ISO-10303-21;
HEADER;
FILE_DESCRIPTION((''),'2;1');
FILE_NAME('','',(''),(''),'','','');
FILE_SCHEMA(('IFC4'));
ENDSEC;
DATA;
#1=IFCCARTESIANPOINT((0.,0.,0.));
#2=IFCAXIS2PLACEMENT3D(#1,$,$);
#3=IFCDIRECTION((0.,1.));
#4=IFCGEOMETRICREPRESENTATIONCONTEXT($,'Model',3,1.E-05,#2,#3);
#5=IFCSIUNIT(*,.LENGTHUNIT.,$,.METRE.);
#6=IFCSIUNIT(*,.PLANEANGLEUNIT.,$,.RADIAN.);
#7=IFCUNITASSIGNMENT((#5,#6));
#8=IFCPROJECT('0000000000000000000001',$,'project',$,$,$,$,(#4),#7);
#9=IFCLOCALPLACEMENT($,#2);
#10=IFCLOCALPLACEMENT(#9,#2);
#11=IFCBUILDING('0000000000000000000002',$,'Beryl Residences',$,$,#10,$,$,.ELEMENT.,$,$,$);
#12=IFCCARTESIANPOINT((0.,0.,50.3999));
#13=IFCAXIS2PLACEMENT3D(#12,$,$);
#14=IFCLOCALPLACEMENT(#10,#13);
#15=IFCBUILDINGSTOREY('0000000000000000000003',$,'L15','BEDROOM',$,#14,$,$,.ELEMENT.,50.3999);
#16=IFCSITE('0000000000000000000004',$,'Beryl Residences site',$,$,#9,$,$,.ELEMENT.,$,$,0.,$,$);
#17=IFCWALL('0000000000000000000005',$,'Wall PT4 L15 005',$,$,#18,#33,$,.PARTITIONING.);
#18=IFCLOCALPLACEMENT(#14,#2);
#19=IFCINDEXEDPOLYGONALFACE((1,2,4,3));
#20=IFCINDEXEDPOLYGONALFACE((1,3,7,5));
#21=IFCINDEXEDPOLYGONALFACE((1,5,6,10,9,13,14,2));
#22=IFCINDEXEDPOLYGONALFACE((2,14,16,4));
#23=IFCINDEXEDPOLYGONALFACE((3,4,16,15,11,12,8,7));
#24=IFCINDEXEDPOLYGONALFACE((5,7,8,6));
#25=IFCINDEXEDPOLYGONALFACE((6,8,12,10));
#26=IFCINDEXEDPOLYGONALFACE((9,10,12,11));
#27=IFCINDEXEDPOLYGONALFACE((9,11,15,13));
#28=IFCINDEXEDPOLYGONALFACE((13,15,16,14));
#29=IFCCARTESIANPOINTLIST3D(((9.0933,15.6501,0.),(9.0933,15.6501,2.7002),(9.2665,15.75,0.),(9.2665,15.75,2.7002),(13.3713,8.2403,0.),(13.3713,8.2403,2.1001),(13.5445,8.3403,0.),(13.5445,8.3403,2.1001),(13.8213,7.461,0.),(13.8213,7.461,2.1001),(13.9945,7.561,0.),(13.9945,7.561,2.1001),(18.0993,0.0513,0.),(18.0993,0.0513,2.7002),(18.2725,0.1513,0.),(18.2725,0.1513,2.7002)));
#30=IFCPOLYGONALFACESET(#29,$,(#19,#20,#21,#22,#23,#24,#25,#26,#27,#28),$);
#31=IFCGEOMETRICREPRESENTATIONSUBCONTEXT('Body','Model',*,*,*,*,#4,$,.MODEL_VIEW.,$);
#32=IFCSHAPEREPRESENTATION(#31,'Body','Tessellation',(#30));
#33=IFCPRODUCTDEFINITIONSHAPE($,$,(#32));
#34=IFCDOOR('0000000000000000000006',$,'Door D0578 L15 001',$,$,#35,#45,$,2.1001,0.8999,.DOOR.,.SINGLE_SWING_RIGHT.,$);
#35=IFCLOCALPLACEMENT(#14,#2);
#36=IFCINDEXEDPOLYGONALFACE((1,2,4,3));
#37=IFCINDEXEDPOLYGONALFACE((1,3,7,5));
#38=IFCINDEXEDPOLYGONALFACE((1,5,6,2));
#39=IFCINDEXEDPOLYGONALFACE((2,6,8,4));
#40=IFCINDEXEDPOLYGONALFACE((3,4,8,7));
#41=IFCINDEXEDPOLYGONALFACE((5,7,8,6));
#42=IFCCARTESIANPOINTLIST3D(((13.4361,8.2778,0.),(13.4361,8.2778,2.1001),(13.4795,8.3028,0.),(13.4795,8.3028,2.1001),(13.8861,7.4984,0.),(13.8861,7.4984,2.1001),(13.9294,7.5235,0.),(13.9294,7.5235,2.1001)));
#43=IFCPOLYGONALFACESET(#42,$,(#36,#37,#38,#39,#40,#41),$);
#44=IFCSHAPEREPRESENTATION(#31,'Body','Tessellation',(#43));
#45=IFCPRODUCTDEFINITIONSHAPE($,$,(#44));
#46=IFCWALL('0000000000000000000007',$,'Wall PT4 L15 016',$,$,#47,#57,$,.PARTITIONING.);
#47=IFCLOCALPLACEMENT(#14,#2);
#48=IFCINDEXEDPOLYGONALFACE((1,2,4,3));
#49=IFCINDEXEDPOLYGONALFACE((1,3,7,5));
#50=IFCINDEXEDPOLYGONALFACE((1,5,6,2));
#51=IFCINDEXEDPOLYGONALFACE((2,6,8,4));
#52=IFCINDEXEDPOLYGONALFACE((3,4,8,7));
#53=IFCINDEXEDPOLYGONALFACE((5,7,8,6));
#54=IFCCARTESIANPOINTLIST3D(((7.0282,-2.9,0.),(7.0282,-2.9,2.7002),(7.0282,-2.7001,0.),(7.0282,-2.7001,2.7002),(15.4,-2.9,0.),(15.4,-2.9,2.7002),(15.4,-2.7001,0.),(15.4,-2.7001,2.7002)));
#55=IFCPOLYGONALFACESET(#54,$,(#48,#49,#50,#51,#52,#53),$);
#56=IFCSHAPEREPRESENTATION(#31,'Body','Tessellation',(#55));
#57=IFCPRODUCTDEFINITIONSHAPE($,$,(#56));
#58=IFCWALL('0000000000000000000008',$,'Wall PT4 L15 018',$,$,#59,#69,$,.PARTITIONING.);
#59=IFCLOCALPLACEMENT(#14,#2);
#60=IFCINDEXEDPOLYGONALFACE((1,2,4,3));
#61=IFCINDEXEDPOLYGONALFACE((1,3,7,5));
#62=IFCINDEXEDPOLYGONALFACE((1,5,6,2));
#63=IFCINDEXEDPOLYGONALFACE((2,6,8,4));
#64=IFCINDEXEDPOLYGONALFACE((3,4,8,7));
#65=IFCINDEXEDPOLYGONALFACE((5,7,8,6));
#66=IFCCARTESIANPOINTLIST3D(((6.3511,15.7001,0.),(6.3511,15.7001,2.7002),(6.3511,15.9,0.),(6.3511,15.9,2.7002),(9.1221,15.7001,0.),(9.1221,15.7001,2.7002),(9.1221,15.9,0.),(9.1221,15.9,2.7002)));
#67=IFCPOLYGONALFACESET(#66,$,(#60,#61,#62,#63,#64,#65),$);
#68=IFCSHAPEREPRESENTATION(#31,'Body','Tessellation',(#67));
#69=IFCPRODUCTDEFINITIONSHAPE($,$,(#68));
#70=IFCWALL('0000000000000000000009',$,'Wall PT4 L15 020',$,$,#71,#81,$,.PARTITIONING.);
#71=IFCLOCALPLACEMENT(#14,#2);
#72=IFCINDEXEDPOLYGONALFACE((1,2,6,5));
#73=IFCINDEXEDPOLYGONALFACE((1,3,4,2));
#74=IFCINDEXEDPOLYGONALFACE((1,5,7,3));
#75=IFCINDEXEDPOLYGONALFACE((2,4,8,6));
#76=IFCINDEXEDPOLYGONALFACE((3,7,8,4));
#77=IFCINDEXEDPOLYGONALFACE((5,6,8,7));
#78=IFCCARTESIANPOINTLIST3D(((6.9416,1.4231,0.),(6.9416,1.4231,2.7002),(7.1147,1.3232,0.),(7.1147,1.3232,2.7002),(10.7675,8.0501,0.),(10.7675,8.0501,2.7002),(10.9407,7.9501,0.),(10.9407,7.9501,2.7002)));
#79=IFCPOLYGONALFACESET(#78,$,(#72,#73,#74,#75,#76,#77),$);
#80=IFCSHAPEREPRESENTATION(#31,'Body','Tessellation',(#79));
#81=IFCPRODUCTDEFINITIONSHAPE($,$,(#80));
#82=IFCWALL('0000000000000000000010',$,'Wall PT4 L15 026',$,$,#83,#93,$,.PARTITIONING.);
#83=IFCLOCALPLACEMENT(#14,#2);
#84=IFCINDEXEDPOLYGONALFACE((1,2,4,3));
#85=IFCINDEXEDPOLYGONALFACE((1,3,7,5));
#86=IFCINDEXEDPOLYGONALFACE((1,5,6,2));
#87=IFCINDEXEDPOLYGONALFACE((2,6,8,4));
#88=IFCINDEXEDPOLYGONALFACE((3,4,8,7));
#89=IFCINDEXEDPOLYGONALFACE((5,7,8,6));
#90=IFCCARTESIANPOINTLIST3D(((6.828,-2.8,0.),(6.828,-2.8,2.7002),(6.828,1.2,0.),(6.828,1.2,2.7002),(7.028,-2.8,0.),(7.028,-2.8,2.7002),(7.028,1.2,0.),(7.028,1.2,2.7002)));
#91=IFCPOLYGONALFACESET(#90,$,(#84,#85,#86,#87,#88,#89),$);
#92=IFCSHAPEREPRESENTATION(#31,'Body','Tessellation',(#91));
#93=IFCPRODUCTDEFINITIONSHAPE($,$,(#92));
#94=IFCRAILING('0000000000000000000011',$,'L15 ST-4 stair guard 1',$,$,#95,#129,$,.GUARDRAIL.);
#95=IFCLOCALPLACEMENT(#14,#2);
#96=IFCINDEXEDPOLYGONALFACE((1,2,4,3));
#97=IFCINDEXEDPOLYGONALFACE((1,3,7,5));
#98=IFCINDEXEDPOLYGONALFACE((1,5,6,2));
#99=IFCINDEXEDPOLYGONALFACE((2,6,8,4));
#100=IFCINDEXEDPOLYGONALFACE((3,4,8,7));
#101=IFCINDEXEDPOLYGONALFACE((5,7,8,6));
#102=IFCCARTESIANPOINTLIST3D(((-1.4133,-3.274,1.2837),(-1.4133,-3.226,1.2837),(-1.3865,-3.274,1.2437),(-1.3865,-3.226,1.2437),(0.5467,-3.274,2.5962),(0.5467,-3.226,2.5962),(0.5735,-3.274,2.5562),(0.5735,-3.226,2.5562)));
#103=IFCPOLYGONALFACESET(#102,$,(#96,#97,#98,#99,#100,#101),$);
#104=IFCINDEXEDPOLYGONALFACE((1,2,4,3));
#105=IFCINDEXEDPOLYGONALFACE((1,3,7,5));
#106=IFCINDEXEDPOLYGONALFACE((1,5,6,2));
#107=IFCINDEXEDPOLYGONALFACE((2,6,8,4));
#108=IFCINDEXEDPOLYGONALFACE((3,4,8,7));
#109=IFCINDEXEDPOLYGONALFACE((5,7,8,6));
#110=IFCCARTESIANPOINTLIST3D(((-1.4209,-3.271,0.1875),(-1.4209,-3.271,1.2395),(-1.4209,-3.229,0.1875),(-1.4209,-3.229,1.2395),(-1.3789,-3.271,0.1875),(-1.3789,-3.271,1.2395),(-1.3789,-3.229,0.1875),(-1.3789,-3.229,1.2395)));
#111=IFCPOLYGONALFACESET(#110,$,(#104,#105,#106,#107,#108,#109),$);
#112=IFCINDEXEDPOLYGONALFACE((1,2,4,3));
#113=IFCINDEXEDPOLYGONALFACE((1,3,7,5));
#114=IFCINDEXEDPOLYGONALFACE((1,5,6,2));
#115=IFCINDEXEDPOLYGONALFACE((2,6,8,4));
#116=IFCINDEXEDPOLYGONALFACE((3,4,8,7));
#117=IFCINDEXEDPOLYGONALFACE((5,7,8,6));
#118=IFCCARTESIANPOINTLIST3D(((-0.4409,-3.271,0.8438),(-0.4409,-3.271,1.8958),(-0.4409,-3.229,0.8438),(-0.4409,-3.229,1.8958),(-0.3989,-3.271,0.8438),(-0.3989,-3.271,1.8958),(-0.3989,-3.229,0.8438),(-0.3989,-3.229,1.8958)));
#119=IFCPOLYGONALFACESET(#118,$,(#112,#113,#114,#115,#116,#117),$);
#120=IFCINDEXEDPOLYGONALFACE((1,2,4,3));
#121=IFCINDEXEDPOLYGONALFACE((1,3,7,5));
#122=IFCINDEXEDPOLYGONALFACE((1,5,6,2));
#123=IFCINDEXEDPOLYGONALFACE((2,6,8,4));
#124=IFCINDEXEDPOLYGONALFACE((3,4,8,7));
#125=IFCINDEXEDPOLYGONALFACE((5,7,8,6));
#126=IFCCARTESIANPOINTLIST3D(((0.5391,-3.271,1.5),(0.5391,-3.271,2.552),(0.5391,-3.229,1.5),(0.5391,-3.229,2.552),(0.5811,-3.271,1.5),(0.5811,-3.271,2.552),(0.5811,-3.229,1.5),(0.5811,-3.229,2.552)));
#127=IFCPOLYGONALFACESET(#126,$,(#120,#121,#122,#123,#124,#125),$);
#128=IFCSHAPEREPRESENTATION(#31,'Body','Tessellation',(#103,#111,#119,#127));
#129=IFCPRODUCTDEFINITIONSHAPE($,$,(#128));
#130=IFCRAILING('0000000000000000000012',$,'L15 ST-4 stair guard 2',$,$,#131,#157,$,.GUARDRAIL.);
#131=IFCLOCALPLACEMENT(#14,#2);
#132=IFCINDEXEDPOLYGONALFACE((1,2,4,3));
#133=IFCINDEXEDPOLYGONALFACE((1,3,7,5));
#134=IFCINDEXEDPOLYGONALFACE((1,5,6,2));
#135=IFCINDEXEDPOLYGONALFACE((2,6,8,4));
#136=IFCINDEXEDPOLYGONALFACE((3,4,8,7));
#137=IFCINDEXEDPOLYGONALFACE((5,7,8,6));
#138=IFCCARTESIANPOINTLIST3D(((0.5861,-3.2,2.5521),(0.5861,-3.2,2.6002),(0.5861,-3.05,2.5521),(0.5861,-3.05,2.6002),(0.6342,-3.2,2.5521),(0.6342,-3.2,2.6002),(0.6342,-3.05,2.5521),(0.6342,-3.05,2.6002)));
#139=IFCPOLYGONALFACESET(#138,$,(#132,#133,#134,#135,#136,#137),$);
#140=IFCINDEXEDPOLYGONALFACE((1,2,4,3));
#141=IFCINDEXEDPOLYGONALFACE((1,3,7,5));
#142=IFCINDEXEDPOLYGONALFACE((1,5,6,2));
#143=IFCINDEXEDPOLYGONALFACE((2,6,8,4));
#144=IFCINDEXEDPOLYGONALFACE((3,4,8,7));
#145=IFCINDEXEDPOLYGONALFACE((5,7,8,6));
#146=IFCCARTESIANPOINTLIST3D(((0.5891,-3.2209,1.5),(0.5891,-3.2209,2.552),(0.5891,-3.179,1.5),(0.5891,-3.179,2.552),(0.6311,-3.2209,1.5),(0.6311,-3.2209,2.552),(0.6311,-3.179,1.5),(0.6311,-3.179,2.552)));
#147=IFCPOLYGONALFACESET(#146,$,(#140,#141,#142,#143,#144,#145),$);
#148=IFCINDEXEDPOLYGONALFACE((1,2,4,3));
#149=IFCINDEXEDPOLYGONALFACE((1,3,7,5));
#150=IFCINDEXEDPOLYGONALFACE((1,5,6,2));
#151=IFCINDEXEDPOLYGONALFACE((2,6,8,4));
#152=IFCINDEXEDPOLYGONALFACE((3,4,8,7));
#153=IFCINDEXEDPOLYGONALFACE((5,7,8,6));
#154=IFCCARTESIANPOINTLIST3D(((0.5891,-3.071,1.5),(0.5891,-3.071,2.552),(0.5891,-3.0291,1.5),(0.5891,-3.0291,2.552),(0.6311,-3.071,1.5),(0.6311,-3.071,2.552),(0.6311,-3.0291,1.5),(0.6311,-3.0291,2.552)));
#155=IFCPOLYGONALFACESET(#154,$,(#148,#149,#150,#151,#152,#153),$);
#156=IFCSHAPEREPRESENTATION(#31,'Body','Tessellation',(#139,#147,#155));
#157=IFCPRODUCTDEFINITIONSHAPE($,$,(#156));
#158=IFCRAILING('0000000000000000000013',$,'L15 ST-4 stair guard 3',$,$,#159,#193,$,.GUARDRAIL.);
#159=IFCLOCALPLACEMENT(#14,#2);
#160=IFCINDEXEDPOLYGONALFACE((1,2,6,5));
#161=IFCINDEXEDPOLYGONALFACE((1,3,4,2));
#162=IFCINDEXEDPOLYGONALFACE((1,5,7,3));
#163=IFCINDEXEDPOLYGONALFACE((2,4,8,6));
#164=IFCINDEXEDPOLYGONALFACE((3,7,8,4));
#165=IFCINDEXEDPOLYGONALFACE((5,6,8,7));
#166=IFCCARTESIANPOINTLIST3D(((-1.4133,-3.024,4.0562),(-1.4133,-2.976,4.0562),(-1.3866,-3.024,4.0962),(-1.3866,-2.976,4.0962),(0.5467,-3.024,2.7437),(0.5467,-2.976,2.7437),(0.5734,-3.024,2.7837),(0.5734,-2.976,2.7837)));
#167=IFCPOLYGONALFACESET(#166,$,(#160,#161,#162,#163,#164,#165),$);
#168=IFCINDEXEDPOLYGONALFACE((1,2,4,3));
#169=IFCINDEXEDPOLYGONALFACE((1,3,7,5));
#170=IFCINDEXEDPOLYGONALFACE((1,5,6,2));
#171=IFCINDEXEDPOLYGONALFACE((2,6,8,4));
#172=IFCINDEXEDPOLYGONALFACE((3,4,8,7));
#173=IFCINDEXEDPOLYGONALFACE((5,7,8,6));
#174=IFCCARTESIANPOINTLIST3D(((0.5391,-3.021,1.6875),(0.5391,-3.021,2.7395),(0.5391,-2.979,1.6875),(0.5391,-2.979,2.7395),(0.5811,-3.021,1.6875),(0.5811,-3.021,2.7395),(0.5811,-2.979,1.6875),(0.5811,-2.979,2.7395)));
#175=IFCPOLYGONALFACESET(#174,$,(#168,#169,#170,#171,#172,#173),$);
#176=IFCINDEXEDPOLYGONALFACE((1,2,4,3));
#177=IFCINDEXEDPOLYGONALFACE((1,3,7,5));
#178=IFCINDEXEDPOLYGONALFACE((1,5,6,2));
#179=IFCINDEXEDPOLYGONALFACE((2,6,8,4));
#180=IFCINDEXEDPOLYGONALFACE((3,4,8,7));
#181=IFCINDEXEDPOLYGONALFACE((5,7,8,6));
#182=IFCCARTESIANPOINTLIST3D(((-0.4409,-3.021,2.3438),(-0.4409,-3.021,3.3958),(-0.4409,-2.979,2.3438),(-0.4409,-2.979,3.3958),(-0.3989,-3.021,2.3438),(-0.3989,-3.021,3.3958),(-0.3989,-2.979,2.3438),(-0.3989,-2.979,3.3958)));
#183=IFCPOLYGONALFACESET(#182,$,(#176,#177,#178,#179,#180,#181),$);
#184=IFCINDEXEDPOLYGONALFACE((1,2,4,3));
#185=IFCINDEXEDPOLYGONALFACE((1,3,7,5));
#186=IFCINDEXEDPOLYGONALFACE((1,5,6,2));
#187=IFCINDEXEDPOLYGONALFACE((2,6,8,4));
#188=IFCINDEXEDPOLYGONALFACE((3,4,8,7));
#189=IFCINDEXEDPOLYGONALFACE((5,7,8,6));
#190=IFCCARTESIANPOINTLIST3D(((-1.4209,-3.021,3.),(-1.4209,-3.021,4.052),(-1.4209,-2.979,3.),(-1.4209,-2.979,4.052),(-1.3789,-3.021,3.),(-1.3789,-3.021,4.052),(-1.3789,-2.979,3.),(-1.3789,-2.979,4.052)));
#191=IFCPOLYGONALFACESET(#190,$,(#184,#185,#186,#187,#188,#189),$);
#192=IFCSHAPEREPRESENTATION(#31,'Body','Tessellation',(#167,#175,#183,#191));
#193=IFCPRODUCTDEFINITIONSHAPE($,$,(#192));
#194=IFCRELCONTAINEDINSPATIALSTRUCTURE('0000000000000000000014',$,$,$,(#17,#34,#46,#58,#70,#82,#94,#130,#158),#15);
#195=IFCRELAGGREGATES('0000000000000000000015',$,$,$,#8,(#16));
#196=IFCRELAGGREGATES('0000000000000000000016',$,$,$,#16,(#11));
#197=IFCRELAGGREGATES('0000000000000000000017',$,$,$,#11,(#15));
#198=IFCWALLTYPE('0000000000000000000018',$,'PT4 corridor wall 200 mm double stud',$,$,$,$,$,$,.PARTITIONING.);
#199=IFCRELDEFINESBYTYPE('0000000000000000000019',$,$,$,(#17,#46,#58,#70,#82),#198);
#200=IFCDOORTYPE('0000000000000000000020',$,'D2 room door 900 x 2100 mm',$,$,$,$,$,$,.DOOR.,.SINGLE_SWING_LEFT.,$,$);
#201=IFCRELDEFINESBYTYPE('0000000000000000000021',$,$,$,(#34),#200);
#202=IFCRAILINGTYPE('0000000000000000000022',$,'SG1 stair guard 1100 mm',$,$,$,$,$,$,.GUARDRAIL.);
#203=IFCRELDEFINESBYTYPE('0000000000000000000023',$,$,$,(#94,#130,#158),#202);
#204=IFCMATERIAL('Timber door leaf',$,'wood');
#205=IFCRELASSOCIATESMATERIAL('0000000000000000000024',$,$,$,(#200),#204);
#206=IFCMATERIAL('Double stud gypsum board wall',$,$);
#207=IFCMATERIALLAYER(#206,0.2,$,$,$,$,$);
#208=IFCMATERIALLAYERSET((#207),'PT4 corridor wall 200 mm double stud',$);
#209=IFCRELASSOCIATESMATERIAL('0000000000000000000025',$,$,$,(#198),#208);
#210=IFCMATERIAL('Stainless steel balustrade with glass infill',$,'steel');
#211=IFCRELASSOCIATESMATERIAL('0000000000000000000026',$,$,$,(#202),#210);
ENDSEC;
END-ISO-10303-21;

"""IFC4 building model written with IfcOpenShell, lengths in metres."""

from ifc_helpers import new_model, si_unit, direction, frame, frame_2d, origin, origin_2d, place, context, subcontext, project, spatial, rectangle, extrude, material, layer, layer_set, type_object, element, fill, save


model = new_model("IFC4")

# Units and contexts
model_context = context("Model", 3, precision=1e-05, world=origin(), true_north=direction((0.0, 1.0)))
body_context = subcontext(model_context, "Body", "Model", "MODEL_VIEW")
ifc_project = project(units=[si_unit("LENGTHUNIT", "METRE"), si_unit("PLANEANGLEUNIT", "RADIAN")], contexts=[model_context])

# Site, building, storey
site_placement = place(None, origin())
site = spatial("IfcSite", under=ifc_project, at=site_placement, Name="Beryl Residences site", CompositionType="ELEMENT", RefElevation=0.0)
building_placement = place(site_placement, origin())
building = spatial("IfcBuilding", under=site, at=building_placement, Name="Beryl Residences", CompositionType="ELEMENT")
storey_placement = place(building_placement, frame((0.0, 0.0, 50.3999)))
storey = spatial("IfcBuildingStorey", under=building, at=storey_placement, Name="L15", Description="BEDROOM", CompositionType="ELEMENT", Elevation=50.3999)

# Shared definitions
ifc_material_1 = material(Name="Timber door leaf", Category="wood")
door_type_1 = type_object("IfcDoorType", Name="D2 room door 900 x 2100 mm", OperationType="SINGLE_SWING_LEFT", PredefinedType="DOOR", material=ifc_material_1)

# Shared definitions
ifc_material_2 = material(Name="Double stud gypsum board wall")
ifc_layer_1 = layer(ifc_material_2, 0.2)
ifc_layer_set_1 = layer_set([ifc_layer_1], Name="PT4 corridor wall 200 mm double stud")
wall_type_1 = type_object("IfcWallType", Name="PT4 corridor wall 200 mm double stud", PredefinedType="PARTITIONING", material=ifc_layer_set_1)

# Wall, opening, door
wall_1_placement = place(storey_placement, frame((9.1799, 15.7, 0.0), z_axis=(0.0, 0.0, 1.0), x_axis=(0.500004, -0.866023, 0.0)))
wall_1 = element("IfcWall", 1, at=wall_1_placement, inside=storey, type_object=wall_type_1, Name="Wall PT4 L15 005", PredefinedType="PARTITIONING", context=body_context, shape_type="SweptSolid", body=[
    extrude(rectangle(XDim=18.012, YDim=0.2, at=frame_2d((9.0059, 0.0))), origin(), (0.0, 0.0, 1.0), 2.7002),
])
opening_1_placement = place(wall_1_placement, frame((8.5559, 0.0, 0.0)))
opening_1 = element("IfcOpeningElement", 2, at=opening_1_placement, cuts=wall_1, PredefinedType="OPENING", context=body_context, shape_type="SweptSolid", body=[
    extrude(rectangle(XDim=0.8999, YDim=2.1001, at=frame_2d((0.45, 1.05))), frame((0.0, 0.1099, 0.0), z_axis=(0.0, -1.0, 0.0), x_axis=(1.0, 0.0, 0.0)), (0.0, 0.0, 1.0), 0.22),
])
door_1_placement = place(opening_1_placement, origin())
door_1 = element("IfcDoor", 3, at=door_1_placement, inside=storey, type_object=door_type_1, Name="Door D0578 L15 001", OperationType="SINGLE_SWING_RIGHT", OverallHeight=2.1001, OverallWidth=0.8999, PredefinedType="DOOR", context=body_context, shape_type="SweptSolid", body=[
    extrude(rectangle(XDim=0.8999, YDim=2.1001, at=frame_2d((0.45, 1.05))), frame((0.0, 0.0249, 0.0), z_axis=(0.0, -1.0, 0.0), x_axis=(1.0, 0.0, 0.0)), (0.0, 0.0, 1.0), 0.05),
])
fill(opening_1, door_1)

# Walls
wall_2_placement = place(storey_placement, frame((7.0281, -2.8, 0.0), z_axis=(0.0, 0.0, 1.0), x_axis=(1.0, 0.0, 0.0)))
element("IfcWall", 4, at=wall_2_placement, inside=storey, type_object=wall_type_1, Name="Wall PT4 L15 016", PredefinedType="PARTITIONING", context=body_context, shape_type="SweptSolid", body=[
    extrude(rectangle(XDim=8.3718, YDim=0.2, at=frame_2d((4.186, 0.0))), origin(), (0.0, 0.0, 1.0), 2.7002),
])
wall_3_placement = place(storey_placement, frame((6.3511, 15.8, 0.0), z_axis=(0.0, 0.0, 1.0), x_axis=(1.0, 0.0, 0.0)))
element("IfcWall", 5, at=wall_3_placement, inside=storey, type_object=wall_type_1, Name="Wall PT4 L15 018", PredefinedType="PARTITIONING", context=body_context, shape_type="SweptSolid", body=[
    extrude(rectangle(XDim=2.771, YDim=0.2, at=frame_2d((1.3855, 0.0))), origin(), (0.0, 0.0, 1.0), 2.7002),
])
wall_4_placement = place(storey_placement, frame((7.0281, 1.373, 0.0), z_axis=(0.0, 0.0, 1.0), x_axis=(0.499986, 0.866034, 0.0)))
element("IfcWall", 6, at=wall_4_placement, inside=storey, type_object=wall_type_1, Name="Wall PT4 L15 020", PredefinedType="PARTITIONING", context=body_context, shape_type="SweptSolid", body=[
    extrude(rectangle(XDim=7.6521, YDim=0.2, at=frame_2d((3.8262, 0.0))), origin(), (0.0, 0.0, 1.0), 2.7002),
])
wall_5_placement = place(storey_placement, frame((6.928, -2.8, 0.0), z_axis=(0.0, 0.0, 1.0), x_axis=(0.0, 1.0, 0.0)))
element("IfcWall", 7, at=wall_5_placement, inside=storey, type_object=wall_type_1, Name="Wall PT4 L15 026", PredefinedType="PARTITIONING", context=body_context, shape_type="SweptSolid", body=[
    extrude(rectangle(XDim=4.0, YDim=0.2, at=frame_2d((2.0, 0.0))), origin(), (0.0, 0.0, 1.0), 2.7002),
])

# Railings
ifc_material_3 = material(Name="Stainless steel balustrade with glass infill", Category="steel")
railing_type_1 = type_object("IfcRailingType", Name="SG1 stair guard 1100 mm", PredefinedType="GUARDRAIL", material=ifc_material_3)
railing_1_placement = place(storey_placement, frame((-1.3999, -3.25, 0.1875)))
element("IfcRailing", 8, at=railing_1_placement, inside=storey, type_object=railing_type_1, Name="L15 ST-4 stair guard 1", PredefinedType="GUARDRAIL", context=body_context, shape_type="SweptSolid", body=[
    extrude(rectangle(XDim=0.0481, YDim=0.0481, at=origin_2d()), frame((0.0, 0.0, 1.0762), z_axis=(0.830902, 0.0, 0.556419), x_axis=(0.0, 1.0, 0.0)), (0.0, 0.0, 1.0), 2.3589),
    extrude(rectangle(XDim=0.042, YDim=0.042, at=origin_2d()), origin(), (0.0, 0.0, 1.0), 1.052),
    extrude(rectangle(XDim=0.042, YDim=0.042, at=origin_2d()), frame((0.98, 0.0, 0.6562)), (0.0, 0.0, 1.0), 1.052),
    extrude(rectangle(XDim=0.042, YDim=0.042, at=origin_2d()), frame((1.96, 0.0, 1.3125)), (0.0, 0.0, 1.0), 1.052),
])
railing_2_placement = place(storey_placement, frame((0.6101, -3.2, 1.5)))
element("IfcRailing", 9, at=railing_2_placement, inside=storey, type_object=railing_type_1, Name="L15 ST-4 stair guard 2", PredefinedType="GUARDRAIL", context=body_context, shape_type="SweptSolid", body=[
    extrude(rectangle(XDim=0.0481, YDim=0.0481, at=origin_2d()), frame((0.0, 0.0, 1.0762), z_axis=(0.0, 1.0, 0.0), x_axis=(-1.0, 0.0, 0.0)), (0.0, 0.0, 1.0), 0.1499),
    extrude(rectangle(XDim=0.042, YDim=0.042, at=origin_2d()), origin(), (0.0, 0.0, 1.0), 1.052),
    extrude(rectangle(XDim=0.042, YDim=0.042, at=origin_2d()), frame((0.0, 0.1499, 0.0)), (0.0, 0.0, 1.0), 1.052),
])
railing_3_placement = place(storey_placement, frame((0.5601, -3.0, 1.6875)))
element("IfcRailing", 10, at=railing_3_placement, inside=storey, type_object=railing_type_1, Name="L15 ST-4 stair guard 3", PredefinedType="GUARDRAIL", context=body_context, shape_type="SweptSolid", body=[
    extrude(rectangle(XDim=0.0481, YDim=0.0481, at=origin_2d()), frame((0.0, 0.0, 1.0762), z_axis=(-0.830902, 0.0, 0.556419), x_axis=(0.0, -1.0, 0.0)), (0.0, 0.0, 1.0), 2.3589),
    extrude(rectangle(XDim=0.042, YDim=0.042, at=origin_2d()), origin(), (0.0, 0.0, 1.0), 1.052),
    extrude(rectangle(XDim=0.042, YDim=0.042, at=origin_2d()), frame((-0.98, 0.0, 0.6562)), (0.0, 0.0, 1.0), 1.052),
    extrude(rectangle(XDim=0.042, YDim=0.042, at=origin_2d()), frame((-1.96, 0.0, 1.3125)), (0.0, 0.0, 1.0), 1.052),
])

save(model, "model.ifc")
